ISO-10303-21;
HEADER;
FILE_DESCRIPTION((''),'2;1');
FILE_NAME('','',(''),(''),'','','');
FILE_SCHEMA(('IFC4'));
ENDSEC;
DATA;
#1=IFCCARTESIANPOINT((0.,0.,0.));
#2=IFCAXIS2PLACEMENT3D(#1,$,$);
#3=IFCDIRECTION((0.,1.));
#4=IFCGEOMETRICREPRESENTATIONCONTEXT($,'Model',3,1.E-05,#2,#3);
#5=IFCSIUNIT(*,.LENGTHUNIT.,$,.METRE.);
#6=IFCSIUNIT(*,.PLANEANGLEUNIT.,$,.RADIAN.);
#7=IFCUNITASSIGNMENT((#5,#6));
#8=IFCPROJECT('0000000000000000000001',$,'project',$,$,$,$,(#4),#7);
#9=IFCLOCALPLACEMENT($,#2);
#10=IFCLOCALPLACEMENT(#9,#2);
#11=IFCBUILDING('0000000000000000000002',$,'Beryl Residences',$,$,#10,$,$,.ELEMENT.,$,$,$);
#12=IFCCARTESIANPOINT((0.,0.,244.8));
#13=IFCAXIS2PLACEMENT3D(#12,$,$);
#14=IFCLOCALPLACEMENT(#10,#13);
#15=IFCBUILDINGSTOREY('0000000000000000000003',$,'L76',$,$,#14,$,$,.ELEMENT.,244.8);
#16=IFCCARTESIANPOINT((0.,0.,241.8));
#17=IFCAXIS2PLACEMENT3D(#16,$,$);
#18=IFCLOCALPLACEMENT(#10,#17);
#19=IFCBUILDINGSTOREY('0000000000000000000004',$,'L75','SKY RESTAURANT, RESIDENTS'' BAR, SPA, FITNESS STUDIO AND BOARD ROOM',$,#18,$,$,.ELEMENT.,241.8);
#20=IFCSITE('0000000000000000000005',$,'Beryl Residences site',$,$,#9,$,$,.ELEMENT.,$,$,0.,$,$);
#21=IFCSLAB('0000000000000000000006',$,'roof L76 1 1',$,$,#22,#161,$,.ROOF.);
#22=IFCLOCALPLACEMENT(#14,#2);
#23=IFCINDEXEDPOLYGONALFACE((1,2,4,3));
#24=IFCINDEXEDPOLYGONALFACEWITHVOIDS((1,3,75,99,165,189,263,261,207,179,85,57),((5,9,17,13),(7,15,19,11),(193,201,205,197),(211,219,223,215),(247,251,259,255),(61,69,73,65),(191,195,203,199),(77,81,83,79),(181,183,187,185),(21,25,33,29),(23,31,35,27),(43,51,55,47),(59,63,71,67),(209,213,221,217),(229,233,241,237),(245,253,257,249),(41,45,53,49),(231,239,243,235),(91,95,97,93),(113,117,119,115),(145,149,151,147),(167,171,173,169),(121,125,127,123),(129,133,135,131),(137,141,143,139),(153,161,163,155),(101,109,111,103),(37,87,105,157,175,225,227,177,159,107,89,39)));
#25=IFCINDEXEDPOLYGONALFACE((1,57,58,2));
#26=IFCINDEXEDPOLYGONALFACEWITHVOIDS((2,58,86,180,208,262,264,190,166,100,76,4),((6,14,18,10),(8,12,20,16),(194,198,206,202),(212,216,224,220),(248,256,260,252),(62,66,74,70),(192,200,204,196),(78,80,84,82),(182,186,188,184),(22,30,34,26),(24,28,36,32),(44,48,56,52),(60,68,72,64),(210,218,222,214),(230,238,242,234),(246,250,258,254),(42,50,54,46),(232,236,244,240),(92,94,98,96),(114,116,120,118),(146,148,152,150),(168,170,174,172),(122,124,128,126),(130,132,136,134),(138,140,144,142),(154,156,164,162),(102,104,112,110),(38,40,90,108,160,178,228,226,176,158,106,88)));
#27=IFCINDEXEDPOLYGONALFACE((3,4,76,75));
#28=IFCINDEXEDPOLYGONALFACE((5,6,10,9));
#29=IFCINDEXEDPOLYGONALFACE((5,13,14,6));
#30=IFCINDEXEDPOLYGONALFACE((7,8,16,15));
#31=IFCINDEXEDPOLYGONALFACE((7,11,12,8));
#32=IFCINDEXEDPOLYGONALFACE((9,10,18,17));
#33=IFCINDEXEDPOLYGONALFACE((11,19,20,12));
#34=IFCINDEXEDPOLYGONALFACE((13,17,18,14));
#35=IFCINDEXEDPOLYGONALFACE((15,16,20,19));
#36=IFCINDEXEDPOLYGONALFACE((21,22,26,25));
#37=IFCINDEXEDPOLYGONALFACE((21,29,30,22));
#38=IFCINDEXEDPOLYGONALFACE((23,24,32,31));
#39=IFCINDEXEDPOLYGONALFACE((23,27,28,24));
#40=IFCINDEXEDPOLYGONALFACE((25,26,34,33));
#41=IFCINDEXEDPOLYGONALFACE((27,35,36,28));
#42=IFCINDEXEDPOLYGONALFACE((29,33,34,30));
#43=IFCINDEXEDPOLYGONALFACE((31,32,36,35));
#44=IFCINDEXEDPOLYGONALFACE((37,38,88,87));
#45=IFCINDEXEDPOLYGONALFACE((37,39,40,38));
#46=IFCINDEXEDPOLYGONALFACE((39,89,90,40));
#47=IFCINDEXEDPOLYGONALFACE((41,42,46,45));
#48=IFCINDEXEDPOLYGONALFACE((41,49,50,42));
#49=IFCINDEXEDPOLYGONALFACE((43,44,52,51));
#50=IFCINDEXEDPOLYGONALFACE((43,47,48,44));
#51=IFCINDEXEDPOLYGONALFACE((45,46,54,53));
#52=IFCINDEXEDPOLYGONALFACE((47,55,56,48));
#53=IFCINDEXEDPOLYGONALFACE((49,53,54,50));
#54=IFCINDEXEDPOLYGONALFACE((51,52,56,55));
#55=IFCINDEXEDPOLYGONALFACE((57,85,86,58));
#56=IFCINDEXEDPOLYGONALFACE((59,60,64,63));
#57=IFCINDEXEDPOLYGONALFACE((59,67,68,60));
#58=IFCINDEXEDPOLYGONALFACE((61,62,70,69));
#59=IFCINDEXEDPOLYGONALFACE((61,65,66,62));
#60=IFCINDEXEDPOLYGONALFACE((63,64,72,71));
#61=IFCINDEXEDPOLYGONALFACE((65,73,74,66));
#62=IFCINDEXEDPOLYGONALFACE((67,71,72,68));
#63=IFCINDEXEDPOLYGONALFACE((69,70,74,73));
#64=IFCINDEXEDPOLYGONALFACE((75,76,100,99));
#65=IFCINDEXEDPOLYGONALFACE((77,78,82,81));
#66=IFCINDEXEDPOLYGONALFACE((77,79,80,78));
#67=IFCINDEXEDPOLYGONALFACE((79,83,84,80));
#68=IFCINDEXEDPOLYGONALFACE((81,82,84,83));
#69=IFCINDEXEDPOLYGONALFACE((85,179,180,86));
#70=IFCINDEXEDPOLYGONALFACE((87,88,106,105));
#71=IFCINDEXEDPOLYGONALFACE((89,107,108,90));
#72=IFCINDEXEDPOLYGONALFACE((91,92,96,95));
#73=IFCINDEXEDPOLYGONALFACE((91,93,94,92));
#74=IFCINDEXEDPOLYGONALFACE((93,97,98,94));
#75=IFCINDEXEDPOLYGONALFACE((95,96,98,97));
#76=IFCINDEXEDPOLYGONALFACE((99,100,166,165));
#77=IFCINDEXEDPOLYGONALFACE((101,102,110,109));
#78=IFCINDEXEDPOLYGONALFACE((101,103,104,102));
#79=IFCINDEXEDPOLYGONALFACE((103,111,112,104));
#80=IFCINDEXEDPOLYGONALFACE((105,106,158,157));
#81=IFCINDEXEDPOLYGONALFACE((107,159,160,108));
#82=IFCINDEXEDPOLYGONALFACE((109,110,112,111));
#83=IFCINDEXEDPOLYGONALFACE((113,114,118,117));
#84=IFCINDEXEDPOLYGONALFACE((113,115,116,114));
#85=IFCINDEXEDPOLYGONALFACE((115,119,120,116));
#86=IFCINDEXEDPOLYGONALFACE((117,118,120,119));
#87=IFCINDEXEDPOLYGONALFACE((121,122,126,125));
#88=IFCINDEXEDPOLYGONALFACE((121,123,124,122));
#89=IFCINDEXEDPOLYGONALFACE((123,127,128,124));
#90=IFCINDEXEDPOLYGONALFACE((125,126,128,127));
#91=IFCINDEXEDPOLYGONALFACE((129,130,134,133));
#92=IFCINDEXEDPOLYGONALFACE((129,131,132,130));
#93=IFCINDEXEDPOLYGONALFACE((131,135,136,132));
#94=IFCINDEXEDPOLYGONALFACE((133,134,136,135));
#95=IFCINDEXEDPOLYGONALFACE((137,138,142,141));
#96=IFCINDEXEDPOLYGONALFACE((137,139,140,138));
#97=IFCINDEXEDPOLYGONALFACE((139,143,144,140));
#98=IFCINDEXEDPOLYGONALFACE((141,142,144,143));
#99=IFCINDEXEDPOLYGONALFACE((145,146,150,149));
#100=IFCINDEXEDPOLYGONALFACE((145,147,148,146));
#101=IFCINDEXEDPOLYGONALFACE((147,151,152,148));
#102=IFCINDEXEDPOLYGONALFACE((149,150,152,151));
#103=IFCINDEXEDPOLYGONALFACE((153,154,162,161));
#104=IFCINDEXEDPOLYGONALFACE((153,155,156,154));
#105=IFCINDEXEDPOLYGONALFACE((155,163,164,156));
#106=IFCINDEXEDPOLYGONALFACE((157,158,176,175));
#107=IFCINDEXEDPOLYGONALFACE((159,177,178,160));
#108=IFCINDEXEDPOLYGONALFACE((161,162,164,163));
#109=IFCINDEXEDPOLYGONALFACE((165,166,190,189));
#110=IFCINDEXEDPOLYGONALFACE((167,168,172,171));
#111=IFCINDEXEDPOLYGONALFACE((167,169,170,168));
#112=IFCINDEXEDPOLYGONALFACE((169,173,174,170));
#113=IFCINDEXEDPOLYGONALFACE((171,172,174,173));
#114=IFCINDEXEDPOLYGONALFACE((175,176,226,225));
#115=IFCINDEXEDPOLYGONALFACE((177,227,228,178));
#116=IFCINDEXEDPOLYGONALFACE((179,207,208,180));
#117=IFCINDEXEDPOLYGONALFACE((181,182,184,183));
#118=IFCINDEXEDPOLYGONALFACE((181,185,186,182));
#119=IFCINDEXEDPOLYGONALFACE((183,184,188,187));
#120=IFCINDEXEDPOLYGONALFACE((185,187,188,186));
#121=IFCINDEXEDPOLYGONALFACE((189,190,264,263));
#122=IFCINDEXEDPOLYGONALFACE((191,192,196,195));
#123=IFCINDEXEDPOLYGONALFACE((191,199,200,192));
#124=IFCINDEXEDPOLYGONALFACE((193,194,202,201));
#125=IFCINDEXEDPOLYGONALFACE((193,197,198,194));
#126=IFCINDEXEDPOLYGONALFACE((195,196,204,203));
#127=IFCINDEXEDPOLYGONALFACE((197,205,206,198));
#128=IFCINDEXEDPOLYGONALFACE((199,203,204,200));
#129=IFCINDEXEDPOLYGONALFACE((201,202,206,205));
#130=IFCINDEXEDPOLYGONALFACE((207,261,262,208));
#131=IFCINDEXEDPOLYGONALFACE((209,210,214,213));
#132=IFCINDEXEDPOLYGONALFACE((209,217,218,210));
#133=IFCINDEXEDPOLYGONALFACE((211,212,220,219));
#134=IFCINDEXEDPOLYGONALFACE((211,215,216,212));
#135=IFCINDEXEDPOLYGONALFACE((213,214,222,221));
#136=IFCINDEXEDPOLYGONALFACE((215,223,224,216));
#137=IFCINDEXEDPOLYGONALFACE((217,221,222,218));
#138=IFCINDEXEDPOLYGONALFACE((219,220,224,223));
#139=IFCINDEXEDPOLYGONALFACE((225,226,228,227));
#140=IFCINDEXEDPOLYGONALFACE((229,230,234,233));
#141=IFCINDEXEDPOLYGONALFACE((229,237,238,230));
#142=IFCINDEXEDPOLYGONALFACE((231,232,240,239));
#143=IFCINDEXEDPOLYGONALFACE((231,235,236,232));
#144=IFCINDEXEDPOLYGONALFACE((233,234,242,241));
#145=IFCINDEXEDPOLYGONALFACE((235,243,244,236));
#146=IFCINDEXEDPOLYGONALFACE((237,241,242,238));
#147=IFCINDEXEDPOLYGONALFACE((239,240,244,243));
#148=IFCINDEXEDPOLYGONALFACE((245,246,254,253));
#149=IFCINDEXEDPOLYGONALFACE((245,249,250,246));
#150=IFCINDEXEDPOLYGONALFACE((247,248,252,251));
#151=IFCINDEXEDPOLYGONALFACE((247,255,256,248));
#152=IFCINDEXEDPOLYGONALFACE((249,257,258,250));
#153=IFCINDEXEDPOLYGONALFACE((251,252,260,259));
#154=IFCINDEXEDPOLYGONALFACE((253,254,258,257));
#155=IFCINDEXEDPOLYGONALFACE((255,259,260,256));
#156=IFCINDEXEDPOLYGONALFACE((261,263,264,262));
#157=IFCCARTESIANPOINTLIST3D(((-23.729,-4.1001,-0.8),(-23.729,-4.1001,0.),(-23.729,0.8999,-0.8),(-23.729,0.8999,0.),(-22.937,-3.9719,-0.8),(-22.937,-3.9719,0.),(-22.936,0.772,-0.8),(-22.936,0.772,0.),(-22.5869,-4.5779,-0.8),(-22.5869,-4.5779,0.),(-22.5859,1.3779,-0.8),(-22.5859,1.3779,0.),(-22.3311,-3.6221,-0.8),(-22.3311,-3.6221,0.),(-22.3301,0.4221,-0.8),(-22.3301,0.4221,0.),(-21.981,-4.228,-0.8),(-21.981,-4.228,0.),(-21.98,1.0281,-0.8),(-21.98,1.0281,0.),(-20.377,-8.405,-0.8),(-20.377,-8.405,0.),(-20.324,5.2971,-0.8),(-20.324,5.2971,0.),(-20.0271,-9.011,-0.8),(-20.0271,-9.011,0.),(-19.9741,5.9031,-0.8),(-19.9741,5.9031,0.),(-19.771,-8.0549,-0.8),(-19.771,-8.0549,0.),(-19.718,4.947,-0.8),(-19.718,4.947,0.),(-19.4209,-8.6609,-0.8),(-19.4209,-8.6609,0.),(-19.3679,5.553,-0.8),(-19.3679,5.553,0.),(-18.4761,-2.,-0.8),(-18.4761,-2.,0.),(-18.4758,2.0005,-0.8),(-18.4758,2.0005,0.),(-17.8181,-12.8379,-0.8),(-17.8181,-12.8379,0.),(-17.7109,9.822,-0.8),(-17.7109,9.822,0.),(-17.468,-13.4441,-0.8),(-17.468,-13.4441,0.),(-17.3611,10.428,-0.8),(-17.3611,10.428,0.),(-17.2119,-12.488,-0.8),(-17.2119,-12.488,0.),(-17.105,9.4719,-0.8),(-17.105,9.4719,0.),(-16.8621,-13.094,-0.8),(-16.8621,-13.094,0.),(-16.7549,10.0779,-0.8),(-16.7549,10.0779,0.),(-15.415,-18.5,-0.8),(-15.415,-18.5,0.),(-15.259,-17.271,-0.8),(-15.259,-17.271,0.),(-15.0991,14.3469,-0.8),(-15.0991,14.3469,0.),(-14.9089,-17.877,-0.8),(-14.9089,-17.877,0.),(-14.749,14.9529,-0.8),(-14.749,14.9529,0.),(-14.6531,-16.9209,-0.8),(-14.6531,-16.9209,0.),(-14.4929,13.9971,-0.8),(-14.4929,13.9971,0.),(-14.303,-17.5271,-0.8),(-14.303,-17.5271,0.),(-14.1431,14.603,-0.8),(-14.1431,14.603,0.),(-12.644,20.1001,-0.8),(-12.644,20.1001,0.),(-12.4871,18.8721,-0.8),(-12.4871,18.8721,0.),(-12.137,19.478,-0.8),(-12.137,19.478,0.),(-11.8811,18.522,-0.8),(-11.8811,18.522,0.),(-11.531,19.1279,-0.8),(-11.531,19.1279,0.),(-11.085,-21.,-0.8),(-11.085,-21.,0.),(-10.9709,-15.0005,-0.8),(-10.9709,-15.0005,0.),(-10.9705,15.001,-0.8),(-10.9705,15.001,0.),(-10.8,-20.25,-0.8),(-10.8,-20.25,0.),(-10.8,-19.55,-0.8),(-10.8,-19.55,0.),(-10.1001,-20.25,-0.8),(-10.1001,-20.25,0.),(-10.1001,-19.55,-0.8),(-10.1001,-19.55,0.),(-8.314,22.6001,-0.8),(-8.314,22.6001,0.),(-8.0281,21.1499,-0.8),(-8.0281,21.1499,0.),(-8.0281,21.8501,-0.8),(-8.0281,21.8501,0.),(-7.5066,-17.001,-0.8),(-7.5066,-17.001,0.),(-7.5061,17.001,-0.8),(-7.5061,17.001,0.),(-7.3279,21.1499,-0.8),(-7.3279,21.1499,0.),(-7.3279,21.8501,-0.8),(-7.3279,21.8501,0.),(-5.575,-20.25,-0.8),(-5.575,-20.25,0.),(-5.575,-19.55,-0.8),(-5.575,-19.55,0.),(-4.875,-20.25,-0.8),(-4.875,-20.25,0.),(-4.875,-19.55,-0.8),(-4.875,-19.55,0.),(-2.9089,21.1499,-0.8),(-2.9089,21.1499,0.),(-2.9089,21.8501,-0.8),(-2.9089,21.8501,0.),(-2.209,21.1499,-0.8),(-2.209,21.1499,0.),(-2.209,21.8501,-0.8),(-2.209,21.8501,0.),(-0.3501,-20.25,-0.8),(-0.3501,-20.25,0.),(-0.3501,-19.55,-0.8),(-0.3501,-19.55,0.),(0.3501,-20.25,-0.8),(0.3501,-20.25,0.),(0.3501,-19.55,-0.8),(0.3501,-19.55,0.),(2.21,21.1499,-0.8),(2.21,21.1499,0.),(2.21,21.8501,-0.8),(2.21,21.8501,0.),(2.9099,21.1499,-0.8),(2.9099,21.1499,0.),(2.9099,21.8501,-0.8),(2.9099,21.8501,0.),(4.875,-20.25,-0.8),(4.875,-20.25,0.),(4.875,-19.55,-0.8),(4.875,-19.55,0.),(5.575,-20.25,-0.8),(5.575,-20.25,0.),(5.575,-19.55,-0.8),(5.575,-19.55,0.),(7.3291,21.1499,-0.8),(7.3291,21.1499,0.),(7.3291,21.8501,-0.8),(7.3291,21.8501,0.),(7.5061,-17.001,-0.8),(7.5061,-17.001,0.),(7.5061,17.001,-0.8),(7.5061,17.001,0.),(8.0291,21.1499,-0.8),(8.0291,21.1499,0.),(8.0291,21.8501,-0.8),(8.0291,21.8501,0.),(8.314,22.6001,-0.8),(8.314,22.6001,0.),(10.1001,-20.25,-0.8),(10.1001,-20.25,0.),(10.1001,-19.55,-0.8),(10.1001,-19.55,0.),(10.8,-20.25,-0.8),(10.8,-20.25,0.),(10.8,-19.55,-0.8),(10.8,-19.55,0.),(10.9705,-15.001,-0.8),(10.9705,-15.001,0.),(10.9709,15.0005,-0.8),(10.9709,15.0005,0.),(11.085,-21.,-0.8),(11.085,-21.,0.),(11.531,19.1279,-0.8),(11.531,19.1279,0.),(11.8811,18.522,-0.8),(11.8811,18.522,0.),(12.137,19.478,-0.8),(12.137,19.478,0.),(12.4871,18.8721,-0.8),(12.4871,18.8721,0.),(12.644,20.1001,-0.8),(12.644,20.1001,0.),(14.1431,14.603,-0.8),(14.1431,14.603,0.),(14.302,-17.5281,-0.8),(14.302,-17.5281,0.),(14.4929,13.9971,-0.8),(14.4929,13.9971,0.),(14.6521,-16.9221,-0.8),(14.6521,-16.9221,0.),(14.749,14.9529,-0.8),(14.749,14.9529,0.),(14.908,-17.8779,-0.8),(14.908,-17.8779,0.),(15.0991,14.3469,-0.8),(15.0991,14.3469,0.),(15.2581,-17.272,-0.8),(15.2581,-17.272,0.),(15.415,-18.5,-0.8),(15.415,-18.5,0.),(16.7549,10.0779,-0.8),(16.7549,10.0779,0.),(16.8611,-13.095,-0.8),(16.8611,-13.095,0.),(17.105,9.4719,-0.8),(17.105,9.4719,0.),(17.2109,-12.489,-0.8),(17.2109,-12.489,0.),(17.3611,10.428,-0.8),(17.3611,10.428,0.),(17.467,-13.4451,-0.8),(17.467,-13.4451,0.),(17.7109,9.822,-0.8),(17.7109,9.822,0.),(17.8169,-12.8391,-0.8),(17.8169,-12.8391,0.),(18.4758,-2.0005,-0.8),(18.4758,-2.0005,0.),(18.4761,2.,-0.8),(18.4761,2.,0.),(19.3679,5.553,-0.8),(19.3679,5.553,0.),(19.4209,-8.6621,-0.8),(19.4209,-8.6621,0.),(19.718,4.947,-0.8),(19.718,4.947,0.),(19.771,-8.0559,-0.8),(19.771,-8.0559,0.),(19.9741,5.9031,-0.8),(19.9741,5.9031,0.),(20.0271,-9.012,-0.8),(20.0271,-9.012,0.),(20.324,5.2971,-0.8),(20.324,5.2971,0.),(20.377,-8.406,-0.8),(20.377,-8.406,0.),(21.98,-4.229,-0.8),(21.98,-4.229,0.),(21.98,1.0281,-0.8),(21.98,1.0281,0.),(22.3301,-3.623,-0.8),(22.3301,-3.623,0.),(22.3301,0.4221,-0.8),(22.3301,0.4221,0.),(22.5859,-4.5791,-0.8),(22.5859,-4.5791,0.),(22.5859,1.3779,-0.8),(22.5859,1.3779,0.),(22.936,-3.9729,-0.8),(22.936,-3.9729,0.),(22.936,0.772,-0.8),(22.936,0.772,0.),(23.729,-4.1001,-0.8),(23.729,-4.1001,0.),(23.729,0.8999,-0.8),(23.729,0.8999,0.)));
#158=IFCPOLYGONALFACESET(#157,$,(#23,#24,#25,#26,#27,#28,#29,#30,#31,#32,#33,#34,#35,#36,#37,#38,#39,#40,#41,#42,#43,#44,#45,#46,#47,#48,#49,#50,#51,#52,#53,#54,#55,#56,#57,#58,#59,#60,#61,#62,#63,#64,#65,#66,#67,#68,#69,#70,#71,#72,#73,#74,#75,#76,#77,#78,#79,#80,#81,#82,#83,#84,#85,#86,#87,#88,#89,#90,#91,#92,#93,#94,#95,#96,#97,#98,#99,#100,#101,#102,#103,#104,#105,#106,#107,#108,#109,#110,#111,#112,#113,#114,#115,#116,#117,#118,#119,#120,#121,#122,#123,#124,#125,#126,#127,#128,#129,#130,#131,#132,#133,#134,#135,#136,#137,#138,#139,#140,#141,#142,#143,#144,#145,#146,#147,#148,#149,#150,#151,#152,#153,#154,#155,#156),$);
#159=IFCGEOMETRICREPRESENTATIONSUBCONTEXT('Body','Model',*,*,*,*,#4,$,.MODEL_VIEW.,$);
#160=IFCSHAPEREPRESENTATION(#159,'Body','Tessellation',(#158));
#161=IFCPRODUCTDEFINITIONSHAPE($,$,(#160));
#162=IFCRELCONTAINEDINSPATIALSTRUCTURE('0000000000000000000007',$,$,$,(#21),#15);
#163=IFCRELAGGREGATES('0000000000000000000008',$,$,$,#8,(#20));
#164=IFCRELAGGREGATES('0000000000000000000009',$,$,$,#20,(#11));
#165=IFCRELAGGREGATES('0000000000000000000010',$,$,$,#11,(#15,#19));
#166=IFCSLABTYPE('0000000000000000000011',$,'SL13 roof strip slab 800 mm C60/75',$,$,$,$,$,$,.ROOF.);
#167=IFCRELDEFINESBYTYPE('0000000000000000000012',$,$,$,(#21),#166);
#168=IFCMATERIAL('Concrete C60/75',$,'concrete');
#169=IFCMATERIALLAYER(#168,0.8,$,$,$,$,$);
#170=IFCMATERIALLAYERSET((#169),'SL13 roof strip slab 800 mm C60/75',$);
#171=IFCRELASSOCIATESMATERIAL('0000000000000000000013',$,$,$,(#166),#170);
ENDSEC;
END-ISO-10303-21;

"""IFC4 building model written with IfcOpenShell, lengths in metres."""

from ifc_helpers import new_model, si_unit, direction, frame, origin, place, context, subcontext, project, spatial, polyline, outline, extrude, material, layer, layer_set, type_object, element, save


model = new_model("IFC4")

# Units and contexts
model_context = context("Model", 3, precision=1e-05, world=origin(), true_north=direction((0.0, 1.0)))
body_context = subcontext(model_context, "Body", "Model", "MODEL_VIEW")
ifc_project = project(units=[si_unit("LENGTHUNIT", "METRE"), si_unit("PLANEANGLEUNIT", "RADIAN")], contexts=[model_context])

# Site, building, storey
site_placement = place(None, origin())
site = spatial("IfcSite", under=ifc_project, at=site_placement, Name="Beryl Residences site", CompositionType="ELEMENT", RefElevation=0.0)
building_placement = place(site_placement, origin())
building = spatial("IfcBuilding", under=site, at=building_placement, Name="Beryl Residences", CompositionType="ELEMENT")
storey_1_placement = place(building_placement, frame((0.0, 0.0, 244.8)))
storey_1 = spatial("IfcBuildingStorey", under=building, at=storey_1_placement, Name="L76", CompositionType="ELEMENT", Elevation=244.8)

# Shared definitions
storey_2_placement = place(building_placement, frame((0.0, 0.0, 241.8)))
storey_2 = spatial("IfcBuildingStorey", under=building, at=storey_2_placement, Name="L75", Description="SKY RESTAURANT, RESIDENTS' BAR, SPA, FITNESS STUDIO AND BOARD ROOM", CompositionType="ELEMENT", Elevation=241.8)

# Slab
ifc_material_1 = material(Name="Concrete C60/75", Category="concrete")
ifc_layer_1 = layer(ifc_material_1, 0.8)
ifc_layer_set_1 = layer_set([ifc_layer_1], Name="SL13 roof strip slab 800 mm C60/75")
slab_type_1 = type_object("IfcSlabType", Name="SL13 roof strip slab 800 mm C60/75", PredefinedType="ROOF", material=ifc_layer_set_1)
slab_1_placement = place(storey_1_placement, frame((0.0, 0.0, -0.8)))
element("IfcSlab", 1, at=slab_1_placement, inside=storey_1, type_object=slab_type_1, Name="roof L76 1 1", PredefinedType="ROOF", context=body_context, shape_type="SweptSolid", body=[
    extrude(outline(polyline([(23.729, -4.1001), (15.415, -18.5), (11.085, -21.0), (-11.085, -21.0), (-15.415, -18.5), (-23.729, -4.1001), (-23.729, 0.8999), (-12.644, 20.1001), (-8.314, 22.6001), (8.314, 22.6001), (12.644, 20.1001), (23.729, 0.8999), (23.729, -4.1001)]), holes=[polyline([(22.936, 0.772), (22.5859, 1.3779), (21.98, 1.0281), (22.3301, 0.4221), (22.936, 0.772)]), polyline([(22.936, -3.9729), (22.3301, -3.623), (21.98, -4.229), (22.5859, -4.5791), (22.936, -3.9729)]), polyline([(20.377, -8.406), (19.771, -8.0559), (19.4209, -8.6621), (20.0271, -9.012), (20.377, -8.406)]), polyline([(19.3679, 5.553), (19.718, 4.947), (20.324, 5.2971), (19.9741, 5.9031), (19.3679, 5.553)]), polyline([(7.5061, 17.001), (-7.5061, 17.001), (-10.9705, 15.001), (-18.4758, 2.0005), (-18.4761, -2.0), (-10.9709, -15.0005), (-7.5066, -17.001), (7.5061, -17.001), (10.9705, -15.001), (18.4758, -2.0005), (18.4761, 2.0), (10.9709, 15.0005), (7.5061, 17.001)]), polyline([(17.467, -13.4451), (17.8169, -12.8391), (17.2109, -12.489), (16.8611, -13.095), (17.467, -13.4451)]), polyline([(17.7109, 9.822), (17.3611, 10.428), (16.7549, 10.0779), (17.105, 9.4719), (17.7109, 9.822)]), polyline([(15.2581, -17.272), (14.6521, -16.9221), (14.302, -17.5281), (14.908, -17.8779), (15.2581, -17.272)]), polyline([(14.1431, 14.603), (14.4929, 13.9971), (15.0991, 14.3469), (14.749, 14.9529), (14.1431, 14.603)]), polyline([(12.137, 19.478), (11.531, 19.1279), (11.8811, 18.522), (12.4871, 18.8721), (12.137, 19.478)]), polyline([(10.8, -20.25), (10.8, -19.55), (10.1001, -19.55), (10.1001, -20.25), (10.8, -20.25)]), polyline([(8.0291, 21.8501), (7.3291, 21.8501), (7.3291, 21.1499), (8.0291, 21.1499), (8.0291, 21.8501)]), polyline([(5.575, -19.55), (4.875, -19.55), (4.875, -20.25), (5.575, -20.25), (5.575, -19.55)]), polyline([(2.9099, 21.8501), (2.21, 21.8501), (2.21, 21.1499), (2.9099, 21.1499), (2.9099, 21.8501)]), polyline([(0.3501, -20.25), (0.3501, -19.55), (-0.3501, -19.55), (-0.3501, -20.25), (0.3501, -20.25)]), polyline([(-2.9089, 21.1499), (-2.209, 21.1499), (-2.209, 21.8501), (-2.9089, 21.8501), (-2.9089, 21.1499)]), polyline([(-4.875, -20.25), (-4.875, -19.55), (-5.575, -19.55), (-5.575, -20.25), (-4.875, -20.25)]), polyline([(-7.3279, 21.8501), (-8.0281, 21.8501), (-8.0281, 21.1499), (-7.3279, 21.1499), (-7.3279, 21.8501)]), polyline([(-10.1001, -19.55), (-10.8, -19.55), (-10.8, -20.25), (-10.1001, -20.25), (-10.1001, -19.55)]), polyline([(-12.4871, 18.8721), (-11.8811, 18.522), (-11.531, 19.1279), (-12.137, 19.478), (-12.4871, 18.8721)]), polyline([(-15.0991, 14.3469), (-14.4929, 13.9971), (-14.1431, 14.603), (-14.749, 14.9529), (-15.0991, 14.3469)]), polyline([(-14.9089, -17.877), (-14.303, -17.5271), (-14.6531, -16.9209), (-15.259, -17.271), (-14.9089, -17.877)]), polyline([(-17.7109, 9.822), (-17.105, 9.4719), (-16.7549, 10.0779), (-17.3611, 10.428), (-17.7109, 9.822)]), polyline([(-17.468, -13.4441), (-16.8621, -13.094), (-17.2119, -12.488), (-17.8181, -12.8379), (-17.468, -13.4441)]), polyline([(-19.9741, 5.9031), (-20.324, 5.2971), (-19.718, 4.947), (-19.3679, 5.553), (-19.9741, 5.9031)]), polyline([(-19.4209, -8.6609), (-19.771, -8.0549), (-20.377, -8.405), (-20.0271, -9.011), (-19.4209, -8.6609)]), polyline([(-22.3301, 0.4221), (-21.98, 1.0281), (-22.5859, 1.3779), (-22.936, 0.772), (-22.3301, 0.4221)]), polyline([(-21.981, -4.228), (-22.3311, -3.6221), (-22.937, -3.9719), (-22.5869, -4.5779), (-21.981, -4.228)])]), origin(), (0.0, 0.0, 1.0), 0.8),
])

save(model, "model.ifc")
